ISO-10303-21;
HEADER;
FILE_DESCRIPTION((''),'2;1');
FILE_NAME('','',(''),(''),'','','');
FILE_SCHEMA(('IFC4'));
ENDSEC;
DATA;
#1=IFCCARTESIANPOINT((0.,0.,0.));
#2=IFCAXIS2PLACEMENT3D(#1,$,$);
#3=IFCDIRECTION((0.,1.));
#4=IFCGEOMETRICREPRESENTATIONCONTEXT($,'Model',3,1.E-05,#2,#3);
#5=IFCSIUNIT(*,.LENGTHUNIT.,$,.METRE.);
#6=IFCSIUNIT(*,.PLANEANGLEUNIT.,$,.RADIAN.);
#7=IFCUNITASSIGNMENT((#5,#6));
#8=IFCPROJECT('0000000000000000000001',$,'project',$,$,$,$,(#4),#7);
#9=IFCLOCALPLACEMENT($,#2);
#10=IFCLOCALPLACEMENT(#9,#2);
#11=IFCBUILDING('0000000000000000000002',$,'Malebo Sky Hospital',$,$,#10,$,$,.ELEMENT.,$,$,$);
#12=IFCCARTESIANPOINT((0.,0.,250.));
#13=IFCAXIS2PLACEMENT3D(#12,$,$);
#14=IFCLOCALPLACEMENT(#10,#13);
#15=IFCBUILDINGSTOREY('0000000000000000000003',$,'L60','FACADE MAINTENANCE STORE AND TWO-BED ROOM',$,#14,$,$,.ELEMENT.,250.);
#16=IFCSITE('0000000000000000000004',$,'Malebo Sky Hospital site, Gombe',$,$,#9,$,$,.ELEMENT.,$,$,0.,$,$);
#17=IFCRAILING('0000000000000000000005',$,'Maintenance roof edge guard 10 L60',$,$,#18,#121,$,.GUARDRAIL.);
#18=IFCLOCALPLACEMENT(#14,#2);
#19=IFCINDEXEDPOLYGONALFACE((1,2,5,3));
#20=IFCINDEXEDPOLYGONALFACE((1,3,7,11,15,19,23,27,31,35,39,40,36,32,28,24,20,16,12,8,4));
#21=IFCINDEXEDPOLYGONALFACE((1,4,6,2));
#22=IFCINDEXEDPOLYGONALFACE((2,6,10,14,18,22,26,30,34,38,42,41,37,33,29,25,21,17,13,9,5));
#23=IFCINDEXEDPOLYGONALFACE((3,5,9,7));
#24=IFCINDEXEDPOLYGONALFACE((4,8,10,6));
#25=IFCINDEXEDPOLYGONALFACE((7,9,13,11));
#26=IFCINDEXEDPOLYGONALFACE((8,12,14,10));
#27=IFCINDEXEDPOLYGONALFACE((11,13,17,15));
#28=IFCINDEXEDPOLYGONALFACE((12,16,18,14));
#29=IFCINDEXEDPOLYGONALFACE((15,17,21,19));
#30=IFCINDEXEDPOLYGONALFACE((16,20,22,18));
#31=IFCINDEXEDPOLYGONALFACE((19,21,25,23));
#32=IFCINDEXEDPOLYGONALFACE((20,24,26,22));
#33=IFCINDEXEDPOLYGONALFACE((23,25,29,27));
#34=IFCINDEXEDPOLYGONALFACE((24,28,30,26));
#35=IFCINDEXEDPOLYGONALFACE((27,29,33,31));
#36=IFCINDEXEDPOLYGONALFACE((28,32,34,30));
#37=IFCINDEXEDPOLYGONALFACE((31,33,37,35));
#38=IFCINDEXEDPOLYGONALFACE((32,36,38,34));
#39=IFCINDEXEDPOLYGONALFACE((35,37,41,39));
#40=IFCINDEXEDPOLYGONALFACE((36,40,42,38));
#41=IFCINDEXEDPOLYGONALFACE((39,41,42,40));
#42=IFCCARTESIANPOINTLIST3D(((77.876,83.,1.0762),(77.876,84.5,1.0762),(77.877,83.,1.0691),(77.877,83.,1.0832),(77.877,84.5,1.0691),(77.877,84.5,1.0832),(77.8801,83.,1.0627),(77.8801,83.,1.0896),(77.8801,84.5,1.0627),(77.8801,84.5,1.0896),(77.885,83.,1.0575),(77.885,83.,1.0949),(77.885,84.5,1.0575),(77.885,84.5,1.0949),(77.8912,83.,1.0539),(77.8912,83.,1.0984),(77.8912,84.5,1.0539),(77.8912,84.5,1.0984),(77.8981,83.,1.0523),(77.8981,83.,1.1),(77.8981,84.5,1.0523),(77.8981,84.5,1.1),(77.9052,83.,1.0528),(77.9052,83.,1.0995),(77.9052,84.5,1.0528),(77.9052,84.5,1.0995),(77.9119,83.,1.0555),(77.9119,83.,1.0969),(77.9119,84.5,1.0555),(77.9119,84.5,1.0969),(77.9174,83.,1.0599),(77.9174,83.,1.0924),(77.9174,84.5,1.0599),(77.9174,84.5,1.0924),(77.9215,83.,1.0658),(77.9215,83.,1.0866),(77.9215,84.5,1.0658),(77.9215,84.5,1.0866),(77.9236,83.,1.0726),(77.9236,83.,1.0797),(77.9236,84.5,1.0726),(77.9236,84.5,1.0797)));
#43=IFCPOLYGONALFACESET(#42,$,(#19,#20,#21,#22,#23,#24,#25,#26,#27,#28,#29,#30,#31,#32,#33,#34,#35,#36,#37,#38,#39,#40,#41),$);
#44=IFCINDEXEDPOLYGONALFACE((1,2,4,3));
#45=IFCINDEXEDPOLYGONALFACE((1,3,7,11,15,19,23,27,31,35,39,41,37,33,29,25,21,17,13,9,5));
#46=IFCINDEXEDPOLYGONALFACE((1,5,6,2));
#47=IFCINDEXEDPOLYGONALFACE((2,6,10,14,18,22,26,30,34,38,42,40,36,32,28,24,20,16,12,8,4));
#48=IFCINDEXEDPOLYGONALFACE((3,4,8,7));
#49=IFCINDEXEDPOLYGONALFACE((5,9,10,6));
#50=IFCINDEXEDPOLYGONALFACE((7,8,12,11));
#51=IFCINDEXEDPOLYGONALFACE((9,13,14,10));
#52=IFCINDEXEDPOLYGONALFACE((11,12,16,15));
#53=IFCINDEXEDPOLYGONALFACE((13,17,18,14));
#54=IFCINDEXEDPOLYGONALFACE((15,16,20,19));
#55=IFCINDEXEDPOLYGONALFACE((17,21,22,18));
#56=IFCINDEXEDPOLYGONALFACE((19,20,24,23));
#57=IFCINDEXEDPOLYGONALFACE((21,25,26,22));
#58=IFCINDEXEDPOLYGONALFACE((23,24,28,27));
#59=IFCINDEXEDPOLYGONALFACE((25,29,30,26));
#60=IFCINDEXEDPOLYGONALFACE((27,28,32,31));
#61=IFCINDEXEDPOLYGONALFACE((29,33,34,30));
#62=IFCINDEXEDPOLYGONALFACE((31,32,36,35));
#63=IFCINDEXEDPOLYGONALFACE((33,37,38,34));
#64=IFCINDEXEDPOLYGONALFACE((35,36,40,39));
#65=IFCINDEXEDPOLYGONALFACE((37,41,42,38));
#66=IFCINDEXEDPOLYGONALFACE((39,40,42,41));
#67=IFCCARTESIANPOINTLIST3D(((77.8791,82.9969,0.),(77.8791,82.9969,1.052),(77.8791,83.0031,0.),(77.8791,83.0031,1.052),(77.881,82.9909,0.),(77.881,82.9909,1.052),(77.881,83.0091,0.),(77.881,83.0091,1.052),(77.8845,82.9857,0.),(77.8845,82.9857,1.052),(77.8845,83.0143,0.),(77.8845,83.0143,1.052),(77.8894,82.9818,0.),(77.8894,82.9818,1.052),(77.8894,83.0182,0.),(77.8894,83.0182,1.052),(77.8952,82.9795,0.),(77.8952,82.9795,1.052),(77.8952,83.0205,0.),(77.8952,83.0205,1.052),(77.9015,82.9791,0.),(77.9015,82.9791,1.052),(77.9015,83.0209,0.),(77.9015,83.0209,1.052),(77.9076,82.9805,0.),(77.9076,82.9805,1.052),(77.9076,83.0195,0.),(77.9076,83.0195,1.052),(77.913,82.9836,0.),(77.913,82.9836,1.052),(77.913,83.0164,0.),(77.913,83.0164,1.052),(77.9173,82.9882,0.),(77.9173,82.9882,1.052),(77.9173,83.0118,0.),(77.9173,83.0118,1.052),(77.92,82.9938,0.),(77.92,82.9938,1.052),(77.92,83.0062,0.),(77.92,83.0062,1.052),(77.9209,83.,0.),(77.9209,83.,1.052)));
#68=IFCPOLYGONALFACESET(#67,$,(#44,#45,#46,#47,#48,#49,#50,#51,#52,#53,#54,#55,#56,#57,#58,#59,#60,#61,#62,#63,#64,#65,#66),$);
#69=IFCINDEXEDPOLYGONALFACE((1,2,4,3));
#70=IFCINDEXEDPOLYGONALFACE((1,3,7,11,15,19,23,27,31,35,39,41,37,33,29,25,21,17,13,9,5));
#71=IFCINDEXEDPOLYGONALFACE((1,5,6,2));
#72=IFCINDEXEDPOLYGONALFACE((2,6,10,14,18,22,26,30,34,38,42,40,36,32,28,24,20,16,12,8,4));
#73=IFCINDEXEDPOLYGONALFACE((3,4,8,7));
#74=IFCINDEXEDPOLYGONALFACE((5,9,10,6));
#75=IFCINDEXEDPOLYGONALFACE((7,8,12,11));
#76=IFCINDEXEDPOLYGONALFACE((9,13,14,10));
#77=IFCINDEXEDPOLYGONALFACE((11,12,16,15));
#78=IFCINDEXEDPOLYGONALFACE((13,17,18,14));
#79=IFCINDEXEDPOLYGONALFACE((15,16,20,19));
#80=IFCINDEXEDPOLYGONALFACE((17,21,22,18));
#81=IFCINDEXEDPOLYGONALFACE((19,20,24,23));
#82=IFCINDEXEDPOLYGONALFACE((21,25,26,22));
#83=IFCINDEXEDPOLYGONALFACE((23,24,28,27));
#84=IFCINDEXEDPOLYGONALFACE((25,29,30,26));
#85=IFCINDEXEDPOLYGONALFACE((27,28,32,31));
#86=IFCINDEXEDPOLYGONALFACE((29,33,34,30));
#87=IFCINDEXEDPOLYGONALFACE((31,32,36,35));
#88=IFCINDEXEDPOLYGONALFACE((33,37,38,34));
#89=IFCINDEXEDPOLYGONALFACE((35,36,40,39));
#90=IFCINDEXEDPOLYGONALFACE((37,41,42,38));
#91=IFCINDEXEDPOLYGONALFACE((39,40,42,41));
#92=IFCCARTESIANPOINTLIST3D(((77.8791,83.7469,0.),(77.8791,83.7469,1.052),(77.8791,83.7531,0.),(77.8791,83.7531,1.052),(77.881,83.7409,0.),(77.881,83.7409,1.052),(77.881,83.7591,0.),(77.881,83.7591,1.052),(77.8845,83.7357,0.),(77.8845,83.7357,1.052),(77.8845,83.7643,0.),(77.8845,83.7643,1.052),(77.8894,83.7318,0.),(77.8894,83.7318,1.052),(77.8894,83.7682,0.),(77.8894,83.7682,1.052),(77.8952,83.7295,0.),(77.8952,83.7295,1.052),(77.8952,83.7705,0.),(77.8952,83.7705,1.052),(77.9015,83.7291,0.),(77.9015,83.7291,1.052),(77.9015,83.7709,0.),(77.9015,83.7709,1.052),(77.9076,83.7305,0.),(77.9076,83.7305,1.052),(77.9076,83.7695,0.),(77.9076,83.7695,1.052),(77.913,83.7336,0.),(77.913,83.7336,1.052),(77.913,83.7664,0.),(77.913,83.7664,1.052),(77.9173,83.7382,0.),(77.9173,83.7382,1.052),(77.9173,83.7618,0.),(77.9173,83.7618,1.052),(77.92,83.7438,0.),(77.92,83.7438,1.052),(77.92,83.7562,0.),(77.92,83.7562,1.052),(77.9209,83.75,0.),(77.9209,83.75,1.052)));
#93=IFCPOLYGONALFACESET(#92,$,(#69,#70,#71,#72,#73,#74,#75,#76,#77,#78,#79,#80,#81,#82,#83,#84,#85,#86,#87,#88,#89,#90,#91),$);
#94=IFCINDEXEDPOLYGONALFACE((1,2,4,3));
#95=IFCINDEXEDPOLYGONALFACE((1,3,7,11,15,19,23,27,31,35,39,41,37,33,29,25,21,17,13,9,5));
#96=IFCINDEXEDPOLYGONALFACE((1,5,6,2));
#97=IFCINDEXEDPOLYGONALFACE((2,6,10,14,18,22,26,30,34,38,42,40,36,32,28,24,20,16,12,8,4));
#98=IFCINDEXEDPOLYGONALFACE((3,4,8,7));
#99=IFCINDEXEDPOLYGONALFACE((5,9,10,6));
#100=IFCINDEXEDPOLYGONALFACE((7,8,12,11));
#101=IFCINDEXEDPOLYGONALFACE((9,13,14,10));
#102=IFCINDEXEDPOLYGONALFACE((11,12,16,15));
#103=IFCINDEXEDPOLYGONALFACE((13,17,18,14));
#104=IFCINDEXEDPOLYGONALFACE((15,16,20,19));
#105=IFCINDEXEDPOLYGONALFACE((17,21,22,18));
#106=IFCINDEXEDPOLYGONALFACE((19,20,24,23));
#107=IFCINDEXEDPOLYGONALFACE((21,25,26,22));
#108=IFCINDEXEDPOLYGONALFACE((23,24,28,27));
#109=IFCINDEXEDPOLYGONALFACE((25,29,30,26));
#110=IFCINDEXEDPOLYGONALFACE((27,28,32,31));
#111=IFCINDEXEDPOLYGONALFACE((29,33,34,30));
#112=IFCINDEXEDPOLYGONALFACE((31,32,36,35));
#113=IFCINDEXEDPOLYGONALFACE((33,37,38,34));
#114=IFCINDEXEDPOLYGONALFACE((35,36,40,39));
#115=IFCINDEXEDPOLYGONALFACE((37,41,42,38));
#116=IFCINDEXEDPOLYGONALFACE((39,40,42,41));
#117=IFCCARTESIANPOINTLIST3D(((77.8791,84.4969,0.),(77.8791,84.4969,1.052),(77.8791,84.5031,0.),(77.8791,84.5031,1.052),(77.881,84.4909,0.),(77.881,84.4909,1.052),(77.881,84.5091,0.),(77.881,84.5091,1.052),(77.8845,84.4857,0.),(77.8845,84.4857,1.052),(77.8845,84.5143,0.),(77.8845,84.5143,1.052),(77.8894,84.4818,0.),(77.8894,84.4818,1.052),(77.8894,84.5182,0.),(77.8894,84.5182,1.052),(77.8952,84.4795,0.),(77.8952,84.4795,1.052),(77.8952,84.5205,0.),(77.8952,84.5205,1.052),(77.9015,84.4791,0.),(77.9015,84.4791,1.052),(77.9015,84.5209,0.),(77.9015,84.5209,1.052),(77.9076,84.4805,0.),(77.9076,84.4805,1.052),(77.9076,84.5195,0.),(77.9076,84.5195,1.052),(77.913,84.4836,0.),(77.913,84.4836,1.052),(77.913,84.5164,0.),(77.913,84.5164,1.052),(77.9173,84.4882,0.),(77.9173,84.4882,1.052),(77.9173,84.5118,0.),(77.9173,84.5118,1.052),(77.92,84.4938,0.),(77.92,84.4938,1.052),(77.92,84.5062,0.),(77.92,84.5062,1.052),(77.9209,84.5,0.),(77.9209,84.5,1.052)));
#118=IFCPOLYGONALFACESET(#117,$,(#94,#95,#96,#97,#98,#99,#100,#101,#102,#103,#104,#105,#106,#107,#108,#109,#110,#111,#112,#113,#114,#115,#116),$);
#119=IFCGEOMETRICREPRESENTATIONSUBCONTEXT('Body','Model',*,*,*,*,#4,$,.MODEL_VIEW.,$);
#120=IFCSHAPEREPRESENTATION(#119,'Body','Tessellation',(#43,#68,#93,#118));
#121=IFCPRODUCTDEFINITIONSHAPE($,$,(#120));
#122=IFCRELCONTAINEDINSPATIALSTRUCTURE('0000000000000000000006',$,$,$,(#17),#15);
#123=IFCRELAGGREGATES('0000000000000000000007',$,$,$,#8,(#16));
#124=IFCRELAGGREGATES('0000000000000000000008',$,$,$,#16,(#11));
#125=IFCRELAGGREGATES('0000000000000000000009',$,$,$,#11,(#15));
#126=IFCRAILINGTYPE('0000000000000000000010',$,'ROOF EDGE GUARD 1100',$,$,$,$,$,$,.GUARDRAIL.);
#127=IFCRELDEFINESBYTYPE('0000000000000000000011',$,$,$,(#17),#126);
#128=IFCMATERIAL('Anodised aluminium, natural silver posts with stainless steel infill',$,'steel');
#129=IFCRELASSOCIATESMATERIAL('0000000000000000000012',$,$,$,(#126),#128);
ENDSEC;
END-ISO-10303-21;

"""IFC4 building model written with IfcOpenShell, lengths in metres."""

from ifc_helpers import new_model, si_unit, direction, frame, origin, origin_2d, place, context, subcontext, project, spatial, circle, extrude, material, type_object, element, save


model = new_model("IFC4")

# Units and contexts
model_context = context("Model", 3, precision=1e-05, world=origin(), true_north=direction((0.0, 1.0)))
body_context = subcontext(model_context, "Body", "Model", "MODEL_VIEW")
ifc_project = project(units=[si_unit("LENGTHUNIT", "METRE"), si_unit("PLANEANGLEUNIT", "RADIAN")], contexts=[model_context])

# Site, building, storey
site_placement = place(None, origin())
site = spatial("IfcSite", under=ifc_project, at=site_placement, Name="Malebo Sky Hospital site, Gombe", CompositionType="ELEMENT", RefElevation=0.0)
building_placement = place(site_placement, origin())
building = spatial("IfcBuilding", under=site, at=building_placement, Name="Malebo Sky Hospital", CompositionType="ELEMENT")
storey_placement = place(building_placement, frame((0.0, 0.0, 250.0)))
storey = spatial("IfcBuildingStorey", under=building, at=storey_placement, Name="L60", Description="FACADE MAINTENANCE STORE AND TWO-BED ROOM", CompositionType="ELEMENT", Elevation=250.0)

# Railing
ifc_material_1 = material(Name="Anodised aluminium, natural silver posts with stainless steel infill", Category="steel")
railing_type = type_object("IfcRailingType", Name="ROOF EDGE GUARD 1100", PredefinedType="GUARDRAIL", material=ifc_material_1)
railing_1_placement = place(storey_placement, frame((77.8999, 83.0, 0.0)))
element("IfcRailing", 1, at=railing_1_placement, inside=storey, type_object=railing_type, Name="Maintenance roof edge guard 10 L60", PredefinedType="GUARDRAIL", context=body_context, shape_type="SweptSolid", body=[
    extrude(circle(Radius=0.0239, at=origin_2d()), frame((0.0, 0.0, 1.0762), z_axis=(0.0, 1.0, 0.0), x_axis=(-1.0, 0.0, 0.0)), (0.0, 0.0, 1.0), 1.5),
    extrude(circle(Radius=0.021, at=origin_2d()), origin(), (0.0, 0.0, 1.0), 1.052),
    extrude(circle(Radius=0.021, at=origin_2d()), frame((0.0, 0.75, 0.0)), (0.0, 0.0, 1.0), 1.052),
    extrude(circle(Radius=0.021, at=origin_2d()), frame((0.0, 1.5, 0.0)), (0.0, 0.0, 1.0), 1.052),
])

save(model, "model.ifc")
